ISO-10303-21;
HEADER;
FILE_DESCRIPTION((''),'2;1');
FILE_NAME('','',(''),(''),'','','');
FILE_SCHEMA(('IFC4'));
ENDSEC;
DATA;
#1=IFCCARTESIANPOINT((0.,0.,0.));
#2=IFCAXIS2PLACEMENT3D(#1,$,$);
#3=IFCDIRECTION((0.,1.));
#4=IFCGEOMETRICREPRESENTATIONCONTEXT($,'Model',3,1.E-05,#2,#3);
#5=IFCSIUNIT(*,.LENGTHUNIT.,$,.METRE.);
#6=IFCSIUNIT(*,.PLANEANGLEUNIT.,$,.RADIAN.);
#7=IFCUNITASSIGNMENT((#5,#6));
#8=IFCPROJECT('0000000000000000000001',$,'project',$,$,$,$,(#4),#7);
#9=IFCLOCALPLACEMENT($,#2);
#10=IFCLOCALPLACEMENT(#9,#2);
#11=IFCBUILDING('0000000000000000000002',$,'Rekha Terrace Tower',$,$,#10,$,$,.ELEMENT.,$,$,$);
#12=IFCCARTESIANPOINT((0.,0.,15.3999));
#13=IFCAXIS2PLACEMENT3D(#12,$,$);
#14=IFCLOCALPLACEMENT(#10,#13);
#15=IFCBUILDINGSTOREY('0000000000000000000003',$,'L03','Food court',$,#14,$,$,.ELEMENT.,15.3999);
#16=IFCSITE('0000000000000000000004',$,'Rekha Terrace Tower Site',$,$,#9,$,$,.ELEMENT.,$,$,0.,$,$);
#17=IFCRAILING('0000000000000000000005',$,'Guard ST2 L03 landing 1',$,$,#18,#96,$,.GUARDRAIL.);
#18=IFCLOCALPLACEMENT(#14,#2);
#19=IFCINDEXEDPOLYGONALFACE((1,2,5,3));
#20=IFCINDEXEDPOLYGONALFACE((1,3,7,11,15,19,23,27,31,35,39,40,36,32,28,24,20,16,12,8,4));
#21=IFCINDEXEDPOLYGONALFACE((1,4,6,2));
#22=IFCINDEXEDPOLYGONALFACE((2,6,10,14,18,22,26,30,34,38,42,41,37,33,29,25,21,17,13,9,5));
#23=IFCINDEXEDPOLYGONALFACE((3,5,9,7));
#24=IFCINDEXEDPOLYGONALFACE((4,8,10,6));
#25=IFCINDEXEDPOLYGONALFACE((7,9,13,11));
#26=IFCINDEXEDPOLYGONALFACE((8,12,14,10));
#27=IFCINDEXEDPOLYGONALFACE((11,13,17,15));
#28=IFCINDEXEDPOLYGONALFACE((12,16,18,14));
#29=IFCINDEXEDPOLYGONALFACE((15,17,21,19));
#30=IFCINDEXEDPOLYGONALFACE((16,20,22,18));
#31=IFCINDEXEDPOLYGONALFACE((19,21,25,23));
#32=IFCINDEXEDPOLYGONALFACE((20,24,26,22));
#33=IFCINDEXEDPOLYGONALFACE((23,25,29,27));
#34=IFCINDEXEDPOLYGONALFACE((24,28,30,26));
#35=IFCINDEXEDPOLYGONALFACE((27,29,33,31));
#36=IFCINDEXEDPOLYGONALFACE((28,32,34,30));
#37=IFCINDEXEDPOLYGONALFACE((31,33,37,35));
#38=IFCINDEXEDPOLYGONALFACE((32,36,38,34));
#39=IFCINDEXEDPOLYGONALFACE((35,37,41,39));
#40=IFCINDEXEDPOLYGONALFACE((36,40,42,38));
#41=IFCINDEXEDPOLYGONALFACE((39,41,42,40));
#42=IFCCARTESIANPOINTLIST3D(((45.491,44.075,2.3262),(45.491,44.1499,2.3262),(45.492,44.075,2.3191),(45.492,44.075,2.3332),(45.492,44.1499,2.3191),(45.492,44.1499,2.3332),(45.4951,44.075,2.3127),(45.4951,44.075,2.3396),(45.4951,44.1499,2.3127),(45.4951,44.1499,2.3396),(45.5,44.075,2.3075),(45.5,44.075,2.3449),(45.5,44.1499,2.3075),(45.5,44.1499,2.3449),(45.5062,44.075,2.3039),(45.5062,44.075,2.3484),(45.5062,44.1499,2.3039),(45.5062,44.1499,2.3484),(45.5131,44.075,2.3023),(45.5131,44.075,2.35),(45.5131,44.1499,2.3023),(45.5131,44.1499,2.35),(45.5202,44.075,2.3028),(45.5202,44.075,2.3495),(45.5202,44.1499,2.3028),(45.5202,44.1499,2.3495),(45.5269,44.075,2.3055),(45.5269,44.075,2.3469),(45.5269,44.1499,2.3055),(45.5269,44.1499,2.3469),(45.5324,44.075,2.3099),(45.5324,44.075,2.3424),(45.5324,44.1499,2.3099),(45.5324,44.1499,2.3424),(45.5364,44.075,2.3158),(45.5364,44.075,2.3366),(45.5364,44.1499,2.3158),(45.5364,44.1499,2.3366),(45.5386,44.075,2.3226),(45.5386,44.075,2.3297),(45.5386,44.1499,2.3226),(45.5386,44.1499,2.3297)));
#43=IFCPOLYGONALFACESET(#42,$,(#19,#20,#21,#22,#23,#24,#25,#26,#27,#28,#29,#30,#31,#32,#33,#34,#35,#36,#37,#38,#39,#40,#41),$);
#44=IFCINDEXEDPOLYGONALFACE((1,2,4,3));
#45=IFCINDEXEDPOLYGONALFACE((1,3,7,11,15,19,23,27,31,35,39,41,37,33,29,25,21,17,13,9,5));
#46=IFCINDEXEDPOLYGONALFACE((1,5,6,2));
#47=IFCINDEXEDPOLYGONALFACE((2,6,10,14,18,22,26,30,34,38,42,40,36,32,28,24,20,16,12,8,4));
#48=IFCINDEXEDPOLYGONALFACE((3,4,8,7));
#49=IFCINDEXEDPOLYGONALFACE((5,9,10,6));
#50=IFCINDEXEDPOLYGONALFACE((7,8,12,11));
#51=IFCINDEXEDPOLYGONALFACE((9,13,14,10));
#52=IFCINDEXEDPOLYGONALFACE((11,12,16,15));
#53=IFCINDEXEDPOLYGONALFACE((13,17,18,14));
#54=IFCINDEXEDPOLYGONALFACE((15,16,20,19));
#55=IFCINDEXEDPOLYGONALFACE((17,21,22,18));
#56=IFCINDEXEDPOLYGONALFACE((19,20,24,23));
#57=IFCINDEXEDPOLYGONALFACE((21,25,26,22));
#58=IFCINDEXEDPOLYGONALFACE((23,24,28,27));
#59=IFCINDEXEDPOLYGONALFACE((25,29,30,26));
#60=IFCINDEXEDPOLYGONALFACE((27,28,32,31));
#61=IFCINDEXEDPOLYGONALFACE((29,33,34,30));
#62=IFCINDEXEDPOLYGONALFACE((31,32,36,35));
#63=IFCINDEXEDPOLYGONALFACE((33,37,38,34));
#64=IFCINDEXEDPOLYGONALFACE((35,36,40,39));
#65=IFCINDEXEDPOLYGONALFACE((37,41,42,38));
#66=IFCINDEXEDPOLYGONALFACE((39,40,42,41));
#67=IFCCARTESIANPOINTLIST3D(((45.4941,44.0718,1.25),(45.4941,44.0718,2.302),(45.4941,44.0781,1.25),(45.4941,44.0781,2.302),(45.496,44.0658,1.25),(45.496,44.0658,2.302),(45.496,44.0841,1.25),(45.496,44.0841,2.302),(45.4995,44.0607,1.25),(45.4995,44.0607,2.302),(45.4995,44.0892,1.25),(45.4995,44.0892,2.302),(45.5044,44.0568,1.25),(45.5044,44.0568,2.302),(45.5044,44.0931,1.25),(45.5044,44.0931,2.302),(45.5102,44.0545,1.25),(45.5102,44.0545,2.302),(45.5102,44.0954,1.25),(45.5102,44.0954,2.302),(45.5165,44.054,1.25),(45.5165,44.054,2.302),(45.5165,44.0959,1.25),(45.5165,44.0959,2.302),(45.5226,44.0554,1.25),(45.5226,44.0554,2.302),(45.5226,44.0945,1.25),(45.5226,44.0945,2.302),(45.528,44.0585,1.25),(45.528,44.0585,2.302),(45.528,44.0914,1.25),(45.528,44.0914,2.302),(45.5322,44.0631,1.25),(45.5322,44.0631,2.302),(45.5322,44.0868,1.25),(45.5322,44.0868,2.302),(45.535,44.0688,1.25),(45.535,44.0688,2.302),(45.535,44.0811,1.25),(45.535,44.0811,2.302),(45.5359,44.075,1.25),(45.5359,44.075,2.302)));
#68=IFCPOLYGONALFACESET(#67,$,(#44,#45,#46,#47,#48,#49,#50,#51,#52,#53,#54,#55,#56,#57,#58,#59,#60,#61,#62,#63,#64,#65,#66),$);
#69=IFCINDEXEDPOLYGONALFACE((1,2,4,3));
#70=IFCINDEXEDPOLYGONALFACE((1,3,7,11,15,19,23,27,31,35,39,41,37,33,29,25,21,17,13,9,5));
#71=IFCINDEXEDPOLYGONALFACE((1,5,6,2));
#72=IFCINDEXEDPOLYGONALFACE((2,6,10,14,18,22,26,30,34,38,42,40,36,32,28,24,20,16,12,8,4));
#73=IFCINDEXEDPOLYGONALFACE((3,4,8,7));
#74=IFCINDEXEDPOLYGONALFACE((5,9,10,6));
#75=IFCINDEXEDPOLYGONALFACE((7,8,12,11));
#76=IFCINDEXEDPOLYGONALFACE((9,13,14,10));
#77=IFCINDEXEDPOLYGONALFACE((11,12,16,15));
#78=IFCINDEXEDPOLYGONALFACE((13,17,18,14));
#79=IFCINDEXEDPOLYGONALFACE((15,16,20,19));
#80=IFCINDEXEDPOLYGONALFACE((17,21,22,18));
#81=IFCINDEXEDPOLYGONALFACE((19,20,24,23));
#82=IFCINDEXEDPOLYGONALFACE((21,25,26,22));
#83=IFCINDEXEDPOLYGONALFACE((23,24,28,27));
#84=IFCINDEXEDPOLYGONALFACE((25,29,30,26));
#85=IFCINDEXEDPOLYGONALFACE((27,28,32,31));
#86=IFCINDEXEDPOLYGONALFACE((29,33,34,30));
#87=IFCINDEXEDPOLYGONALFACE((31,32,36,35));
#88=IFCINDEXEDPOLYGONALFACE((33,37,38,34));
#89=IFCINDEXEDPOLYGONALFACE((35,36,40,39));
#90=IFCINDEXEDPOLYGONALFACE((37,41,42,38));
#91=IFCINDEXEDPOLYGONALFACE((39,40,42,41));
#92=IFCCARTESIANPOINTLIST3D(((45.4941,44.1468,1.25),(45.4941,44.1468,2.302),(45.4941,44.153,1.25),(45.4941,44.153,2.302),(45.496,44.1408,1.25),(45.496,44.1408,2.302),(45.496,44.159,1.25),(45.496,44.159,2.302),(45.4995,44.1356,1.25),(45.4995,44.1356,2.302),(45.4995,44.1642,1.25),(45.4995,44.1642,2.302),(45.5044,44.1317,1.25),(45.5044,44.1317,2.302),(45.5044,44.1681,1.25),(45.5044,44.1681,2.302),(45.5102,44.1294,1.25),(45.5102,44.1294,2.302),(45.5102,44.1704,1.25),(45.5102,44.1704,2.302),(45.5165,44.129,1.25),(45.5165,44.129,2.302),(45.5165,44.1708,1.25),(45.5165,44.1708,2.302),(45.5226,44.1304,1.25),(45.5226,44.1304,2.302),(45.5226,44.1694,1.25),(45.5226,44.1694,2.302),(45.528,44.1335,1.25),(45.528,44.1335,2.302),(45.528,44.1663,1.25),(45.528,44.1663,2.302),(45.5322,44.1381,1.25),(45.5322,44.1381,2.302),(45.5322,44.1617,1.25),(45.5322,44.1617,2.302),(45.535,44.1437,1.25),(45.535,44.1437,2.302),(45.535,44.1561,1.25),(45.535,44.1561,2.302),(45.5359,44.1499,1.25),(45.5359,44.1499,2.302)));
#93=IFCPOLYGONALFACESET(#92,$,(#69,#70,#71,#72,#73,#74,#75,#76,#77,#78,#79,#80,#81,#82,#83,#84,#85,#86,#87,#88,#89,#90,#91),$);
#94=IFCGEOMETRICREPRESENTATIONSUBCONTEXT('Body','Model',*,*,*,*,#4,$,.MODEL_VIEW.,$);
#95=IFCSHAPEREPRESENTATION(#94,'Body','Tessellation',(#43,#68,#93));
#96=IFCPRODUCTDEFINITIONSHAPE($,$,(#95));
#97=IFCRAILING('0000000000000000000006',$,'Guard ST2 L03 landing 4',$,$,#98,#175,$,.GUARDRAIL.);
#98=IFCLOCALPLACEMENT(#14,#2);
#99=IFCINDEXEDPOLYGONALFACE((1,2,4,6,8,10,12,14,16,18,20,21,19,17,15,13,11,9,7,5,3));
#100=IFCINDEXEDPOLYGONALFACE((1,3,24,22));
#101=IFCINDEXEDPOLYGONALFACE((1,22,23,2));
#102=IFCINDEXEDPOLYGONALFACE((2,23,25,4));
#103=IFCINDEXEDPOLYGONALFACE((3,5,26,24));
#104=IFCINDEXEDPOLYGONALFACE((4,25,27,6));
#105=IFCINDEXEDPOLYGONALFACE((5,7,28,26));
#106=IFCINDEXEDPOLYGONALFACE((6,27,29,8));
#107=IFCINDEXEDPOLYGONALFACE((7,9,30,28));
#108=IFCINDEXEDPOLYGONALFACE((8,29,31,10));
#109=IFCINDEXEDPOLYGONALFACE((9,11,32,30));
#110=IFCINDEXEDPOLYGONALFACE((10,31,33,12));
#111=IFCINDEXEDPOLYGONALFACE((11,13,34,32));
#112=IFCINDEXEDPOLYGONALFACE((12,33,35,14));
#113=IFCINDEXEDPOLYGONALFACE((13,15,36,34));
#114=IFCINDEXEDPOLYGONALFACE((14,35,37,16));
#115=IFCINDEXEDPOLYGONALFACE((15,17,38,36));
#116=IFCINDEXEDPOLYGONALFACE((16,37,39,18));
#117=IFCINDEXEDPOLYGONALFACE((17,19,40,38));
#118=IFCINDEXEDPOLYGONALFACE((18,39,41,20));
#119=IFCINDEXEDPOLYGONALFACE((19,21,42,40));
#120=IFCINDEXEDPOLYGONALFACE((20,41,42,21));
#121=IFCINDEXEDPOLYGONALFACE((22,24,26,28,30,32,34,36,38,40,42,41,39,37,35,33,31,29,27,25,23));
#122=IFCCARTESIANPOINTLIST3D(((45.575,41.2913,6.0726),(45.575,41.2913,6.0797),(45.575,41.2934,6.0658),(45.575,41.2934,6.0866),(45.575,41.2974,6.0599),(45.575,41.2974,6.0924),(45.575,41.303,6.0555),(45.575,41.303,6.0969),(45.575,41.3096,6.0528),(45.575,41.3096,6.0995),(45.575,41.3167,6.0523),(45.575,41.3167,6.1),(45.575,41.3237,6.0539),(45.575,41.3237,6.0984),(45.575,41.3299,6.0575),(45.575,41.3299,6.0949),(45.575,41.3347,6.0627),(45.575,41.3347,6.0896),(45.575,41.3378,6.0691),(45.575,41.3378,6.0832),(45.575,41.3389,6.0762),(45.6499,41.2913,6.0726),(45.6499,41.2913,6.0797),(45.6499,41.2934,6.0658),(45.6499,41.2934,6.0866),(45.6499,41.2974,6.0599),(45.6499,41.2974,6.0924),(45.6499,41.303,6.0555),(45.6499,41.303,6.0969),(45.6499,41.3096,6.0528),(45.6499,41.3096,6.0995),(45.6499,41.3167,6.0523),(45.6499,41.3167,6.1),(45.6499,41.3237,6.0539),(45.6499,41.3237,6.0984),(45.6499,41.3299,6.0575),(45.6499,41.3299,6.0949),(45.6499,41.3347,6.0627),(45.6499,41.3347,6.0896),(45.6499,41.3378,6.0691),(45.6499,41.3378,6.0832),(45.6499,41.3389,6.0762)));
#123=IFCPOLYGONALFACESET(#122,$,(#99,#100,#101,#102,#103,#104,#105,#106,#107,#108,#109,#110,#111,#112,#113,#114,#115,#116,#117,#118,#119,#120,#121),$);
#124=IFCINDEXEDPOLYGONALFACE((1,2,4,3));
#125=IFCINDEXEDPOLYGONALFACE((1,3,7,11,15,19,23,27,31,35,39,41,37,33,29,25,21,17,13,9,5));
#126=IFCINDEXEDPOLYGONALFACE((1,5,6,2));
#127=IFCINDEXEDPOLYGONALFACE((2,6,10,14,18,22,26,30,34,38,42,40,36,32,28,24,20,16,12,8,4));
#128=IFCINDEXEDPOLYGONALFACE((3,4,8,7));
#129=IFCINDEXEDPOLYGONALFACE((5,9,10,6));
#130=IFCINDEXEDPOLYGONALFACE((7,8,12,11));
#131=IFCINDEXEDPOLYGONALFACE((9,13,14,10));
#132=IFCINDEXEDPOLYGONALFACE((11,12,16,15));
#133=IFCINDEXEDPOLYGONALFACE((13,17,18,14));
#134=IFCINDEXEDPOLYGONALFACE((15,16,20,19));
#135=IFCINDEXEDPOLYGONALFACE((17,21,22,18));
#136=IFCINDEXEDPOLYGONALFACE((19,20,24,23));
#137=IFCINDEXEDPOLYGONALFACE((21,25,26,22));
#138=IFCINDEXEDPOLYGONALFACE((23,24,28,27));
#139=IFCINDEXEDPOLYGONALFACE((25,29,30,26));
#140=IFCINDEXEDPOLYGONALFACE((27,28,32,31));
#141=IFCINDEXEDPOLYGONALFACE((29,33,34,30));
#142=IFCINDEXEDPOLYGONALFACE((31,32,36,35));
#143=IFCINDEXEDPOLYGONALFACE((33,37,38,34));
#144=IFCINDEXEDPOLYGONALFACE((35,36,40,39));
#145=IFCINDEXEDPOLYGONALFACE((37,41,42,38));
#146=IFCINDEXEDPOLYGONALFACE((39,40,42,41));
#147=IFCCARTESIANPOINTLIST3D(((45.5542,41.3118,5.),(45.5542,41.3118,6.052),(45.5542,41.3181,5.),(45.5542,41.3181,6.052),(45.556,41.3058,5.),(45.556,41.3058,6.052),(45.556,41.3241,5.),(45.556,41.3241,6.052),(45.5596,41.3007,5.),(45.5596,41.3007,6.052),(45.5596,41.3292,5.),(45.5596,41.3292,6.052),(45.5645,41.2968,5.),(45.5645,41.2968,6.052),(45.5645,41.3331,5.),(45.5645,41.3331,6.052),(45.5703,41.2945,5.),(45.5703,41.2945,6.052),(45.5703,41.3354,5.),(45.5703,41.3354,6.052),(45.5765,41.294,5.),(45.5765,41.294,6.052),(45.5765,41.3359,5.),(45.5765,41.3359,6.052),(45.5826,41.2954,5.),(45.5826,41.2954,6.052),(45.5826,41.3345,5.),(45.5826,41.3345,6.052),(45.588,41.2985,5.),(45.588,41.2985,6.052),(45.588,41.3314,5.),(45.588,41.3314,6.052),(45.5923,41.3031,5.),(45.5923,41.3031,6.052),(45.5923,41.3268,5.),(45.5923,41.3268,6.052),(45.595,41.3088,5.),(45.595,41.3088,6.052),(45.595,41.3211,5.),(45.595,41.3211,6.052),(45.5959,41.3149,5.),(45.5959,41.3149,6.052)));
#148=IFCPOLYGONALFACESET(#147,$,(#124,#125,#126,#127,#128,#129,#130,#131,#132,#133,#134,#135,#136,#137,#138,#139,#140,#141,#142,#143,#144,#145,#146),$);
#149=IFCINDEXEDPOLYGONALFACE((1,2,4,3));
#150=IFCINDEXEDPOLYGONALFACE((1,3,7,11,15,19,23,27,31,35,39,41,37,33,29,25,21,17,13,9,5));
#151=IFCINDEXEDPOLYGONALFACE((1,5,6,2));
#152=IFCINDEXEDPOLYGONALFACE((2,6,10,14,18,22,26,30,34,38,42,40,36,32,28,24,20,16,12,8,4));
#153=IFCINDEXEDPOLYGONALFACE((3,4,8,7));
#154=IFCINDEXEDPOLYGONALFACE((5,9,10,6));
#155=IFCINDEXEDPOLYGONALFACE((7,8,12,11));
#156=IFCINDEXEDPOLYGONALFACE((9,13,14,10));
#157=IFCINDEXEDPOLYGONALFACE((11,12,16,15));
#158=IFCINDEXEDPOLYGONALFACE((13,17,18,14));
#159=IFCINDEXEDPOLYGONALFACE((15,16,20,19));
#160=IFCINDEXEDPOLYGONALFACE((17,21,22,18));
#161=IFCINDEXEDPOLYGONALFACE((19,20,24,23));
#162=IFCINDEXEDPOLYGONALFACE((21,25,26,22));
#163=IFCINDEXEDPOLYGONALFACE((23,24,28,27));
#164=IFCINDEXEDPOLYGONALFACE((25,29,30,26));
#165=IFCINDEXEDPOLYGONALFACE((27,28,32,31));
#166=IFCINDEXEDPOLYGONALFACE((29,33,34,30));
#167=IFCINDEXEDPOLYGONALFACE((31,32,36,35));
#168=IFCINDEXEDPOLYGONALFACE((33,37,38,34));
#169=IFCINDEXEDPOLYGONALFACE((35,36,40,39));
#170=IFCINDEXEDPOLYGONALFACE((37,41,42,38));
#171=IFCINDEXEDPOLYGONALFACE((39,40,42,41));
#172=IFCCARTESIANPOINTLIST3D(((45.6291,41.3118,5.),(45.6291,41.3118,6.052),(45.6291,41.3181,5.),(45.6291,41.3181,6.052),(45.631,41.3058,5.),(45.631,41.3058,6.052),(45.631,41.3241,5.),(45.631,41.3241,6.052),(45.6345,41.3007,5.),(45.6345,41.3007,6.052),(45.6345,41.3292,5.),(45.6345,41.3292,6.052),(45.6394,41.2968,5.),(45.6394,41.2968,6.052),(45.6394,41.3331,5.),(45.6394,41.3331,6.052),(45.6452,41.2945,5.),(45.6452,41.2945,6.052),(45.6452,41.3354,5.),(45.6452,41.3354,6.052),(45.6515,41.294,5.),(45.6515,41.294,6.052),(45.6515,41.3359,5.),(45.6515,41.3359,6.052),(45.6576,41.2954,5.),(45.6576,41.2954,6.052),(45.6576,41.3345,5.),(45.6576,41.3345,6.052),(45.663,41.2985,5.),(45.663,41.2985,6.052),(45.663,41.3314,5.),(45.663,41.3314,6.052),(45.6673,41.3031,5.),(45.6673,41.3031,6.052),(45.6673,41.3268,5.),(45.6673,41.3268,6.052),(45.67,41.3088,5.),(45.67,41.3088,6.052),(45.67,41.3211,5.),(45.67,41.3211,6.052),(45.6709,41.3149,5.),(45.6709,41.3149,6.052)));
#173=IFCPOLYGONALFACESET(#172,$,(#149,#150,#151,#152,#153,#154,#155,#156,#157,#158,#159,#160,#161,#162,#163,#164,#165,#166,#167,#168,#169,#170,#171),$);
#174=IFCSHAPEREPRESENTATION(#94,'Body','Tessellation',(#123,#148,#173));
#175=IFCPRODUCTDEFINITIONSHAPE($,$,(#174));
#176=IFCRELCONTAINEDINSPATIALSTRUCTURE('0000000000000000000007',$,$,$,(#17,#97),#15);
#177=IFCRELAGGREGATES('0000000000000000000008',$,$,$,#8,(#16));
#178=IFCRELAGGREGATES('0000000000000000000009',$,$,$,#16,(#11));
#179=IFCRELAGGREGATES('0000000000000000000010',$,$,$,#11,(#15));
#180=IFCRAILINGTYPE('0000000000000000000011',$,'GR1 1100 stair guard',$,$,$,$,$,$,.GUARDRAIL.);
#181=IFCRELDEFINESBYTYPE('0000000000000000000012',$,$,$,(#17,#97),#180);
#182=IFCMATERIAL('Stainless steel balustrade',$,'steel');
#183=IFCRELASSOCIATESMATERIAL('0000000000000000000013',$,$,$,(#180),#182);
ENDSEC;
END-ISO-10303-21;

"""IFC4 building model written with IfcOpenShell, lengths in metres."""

from ifc_helpers import new_model, si_unit, direction, frame, origin, origin_2d, place, context, subcontext, project, spatial, circle, extrude, material, type_object, element, save


model = new_model("IFC4")

# Units and contexts
model_context = context("Model", 3, precision=1e-05, world=origin(), true_north=direction((0.0, 1.0)))
body_context = subcontext(model_context, "Body", "Model", "MODEL_VIEW")
ifc_project = project(units=[si_unit("LENGTHUNIT", "METRE"), si_unit("PLANEANGLEUNIT", "RADIAN")], contexts=[model_context])

# Site, building, storey
site_placement = place(None, origin())
site = spatial("IfcSite", under=ifc_project, at=site_placement, Name="Rekha Terrace Tower Site", CompositionType="ELEMENT", RefElevation=0.0)
building_placement = place(site_placement, origin())
building = spatial("IfcBuilding", under=site, at=building_placement, Name="Rekha Terrace Tower", CompositionType="ELEMENT")
storey_placement = place(building_placement, frame((0.0, 0.0, 15.3999)))
storey = spatial("IfcBuildingStorey", under=building, at=storey_placement, Name="L03", Description="Food court", CompositionType="ELEMENT", Elevation=15.3999)

# Railings
ifc_material_1 = material(Name="Stainless steel balustrade", Category="steel")
railing_type_1 = type_object("IfcRailingType", Name="GR1 1100 stair guard", PredefinedType="GUARDRAIL", material=ifc_material_1)
railing_1_placement = place(storey_placement, frame((45.5149, 44.075, 1.25)))
element("IfcRailing", 1, at=railing_1_placement, inside=storey, type_object=railing_type_1, Name="Guard ST2 L03 landing 1", PredefinedType="GUARDRAIL", context=body_context, shape_type="SweptSolid", body=[
    extrude(circle(Radius=0.0239, at=origin_2d()), frame((0.0, 0.0, 1.0762), z_axis=(0.0, 1.0, 0.0), x_axis=(-1.0, 0.0, 0.0)), (0.0, 0.0, 1.0), 0.075),
    extrude(circle(Radius=0.021, at=origin_2d()), origin(), (0.0, 0.0, 1.0), 1.052),
    extrude(circle(Radius=0.021, at=origin_2d()), frame((0.0, 0.075, 0.0)), (0.0, 0.0, 1.0), 1.052),
])
railing_2_placement = place(storey_placement, frame((45.575, 41.3149, 5.0)))
element("IfcRailing", 2, at=railing_2_placement, inside=storey, type_object=railing_type_1, Name="Guard ST2 L03 landing 4", PredefinedType="GUARDRAIL", context=body_context, shape_type="SweptSolid", body=[
    extrude(circle(Radius=0.0239, at=origin_2d()), frame((0.0, 0.0, 1.0762), z_axis=(1.0, 0.0, 0.0), x_axis=(0.0, 1.0, 0.0)), (0.0, 0.0, 1.0), 0.075),
    extrude(circle(Radius=0.021, at=origin_2d()), origin(), (0.0, 0.0, 1.0), 1.052),
    extrude(circle(Radius=0.021, at=origin_2d()), frame((0.075, 0.0, 0.0)), (0.0, 0.0, 1.0), 1.052),
])

save(model, "model.ifc")
